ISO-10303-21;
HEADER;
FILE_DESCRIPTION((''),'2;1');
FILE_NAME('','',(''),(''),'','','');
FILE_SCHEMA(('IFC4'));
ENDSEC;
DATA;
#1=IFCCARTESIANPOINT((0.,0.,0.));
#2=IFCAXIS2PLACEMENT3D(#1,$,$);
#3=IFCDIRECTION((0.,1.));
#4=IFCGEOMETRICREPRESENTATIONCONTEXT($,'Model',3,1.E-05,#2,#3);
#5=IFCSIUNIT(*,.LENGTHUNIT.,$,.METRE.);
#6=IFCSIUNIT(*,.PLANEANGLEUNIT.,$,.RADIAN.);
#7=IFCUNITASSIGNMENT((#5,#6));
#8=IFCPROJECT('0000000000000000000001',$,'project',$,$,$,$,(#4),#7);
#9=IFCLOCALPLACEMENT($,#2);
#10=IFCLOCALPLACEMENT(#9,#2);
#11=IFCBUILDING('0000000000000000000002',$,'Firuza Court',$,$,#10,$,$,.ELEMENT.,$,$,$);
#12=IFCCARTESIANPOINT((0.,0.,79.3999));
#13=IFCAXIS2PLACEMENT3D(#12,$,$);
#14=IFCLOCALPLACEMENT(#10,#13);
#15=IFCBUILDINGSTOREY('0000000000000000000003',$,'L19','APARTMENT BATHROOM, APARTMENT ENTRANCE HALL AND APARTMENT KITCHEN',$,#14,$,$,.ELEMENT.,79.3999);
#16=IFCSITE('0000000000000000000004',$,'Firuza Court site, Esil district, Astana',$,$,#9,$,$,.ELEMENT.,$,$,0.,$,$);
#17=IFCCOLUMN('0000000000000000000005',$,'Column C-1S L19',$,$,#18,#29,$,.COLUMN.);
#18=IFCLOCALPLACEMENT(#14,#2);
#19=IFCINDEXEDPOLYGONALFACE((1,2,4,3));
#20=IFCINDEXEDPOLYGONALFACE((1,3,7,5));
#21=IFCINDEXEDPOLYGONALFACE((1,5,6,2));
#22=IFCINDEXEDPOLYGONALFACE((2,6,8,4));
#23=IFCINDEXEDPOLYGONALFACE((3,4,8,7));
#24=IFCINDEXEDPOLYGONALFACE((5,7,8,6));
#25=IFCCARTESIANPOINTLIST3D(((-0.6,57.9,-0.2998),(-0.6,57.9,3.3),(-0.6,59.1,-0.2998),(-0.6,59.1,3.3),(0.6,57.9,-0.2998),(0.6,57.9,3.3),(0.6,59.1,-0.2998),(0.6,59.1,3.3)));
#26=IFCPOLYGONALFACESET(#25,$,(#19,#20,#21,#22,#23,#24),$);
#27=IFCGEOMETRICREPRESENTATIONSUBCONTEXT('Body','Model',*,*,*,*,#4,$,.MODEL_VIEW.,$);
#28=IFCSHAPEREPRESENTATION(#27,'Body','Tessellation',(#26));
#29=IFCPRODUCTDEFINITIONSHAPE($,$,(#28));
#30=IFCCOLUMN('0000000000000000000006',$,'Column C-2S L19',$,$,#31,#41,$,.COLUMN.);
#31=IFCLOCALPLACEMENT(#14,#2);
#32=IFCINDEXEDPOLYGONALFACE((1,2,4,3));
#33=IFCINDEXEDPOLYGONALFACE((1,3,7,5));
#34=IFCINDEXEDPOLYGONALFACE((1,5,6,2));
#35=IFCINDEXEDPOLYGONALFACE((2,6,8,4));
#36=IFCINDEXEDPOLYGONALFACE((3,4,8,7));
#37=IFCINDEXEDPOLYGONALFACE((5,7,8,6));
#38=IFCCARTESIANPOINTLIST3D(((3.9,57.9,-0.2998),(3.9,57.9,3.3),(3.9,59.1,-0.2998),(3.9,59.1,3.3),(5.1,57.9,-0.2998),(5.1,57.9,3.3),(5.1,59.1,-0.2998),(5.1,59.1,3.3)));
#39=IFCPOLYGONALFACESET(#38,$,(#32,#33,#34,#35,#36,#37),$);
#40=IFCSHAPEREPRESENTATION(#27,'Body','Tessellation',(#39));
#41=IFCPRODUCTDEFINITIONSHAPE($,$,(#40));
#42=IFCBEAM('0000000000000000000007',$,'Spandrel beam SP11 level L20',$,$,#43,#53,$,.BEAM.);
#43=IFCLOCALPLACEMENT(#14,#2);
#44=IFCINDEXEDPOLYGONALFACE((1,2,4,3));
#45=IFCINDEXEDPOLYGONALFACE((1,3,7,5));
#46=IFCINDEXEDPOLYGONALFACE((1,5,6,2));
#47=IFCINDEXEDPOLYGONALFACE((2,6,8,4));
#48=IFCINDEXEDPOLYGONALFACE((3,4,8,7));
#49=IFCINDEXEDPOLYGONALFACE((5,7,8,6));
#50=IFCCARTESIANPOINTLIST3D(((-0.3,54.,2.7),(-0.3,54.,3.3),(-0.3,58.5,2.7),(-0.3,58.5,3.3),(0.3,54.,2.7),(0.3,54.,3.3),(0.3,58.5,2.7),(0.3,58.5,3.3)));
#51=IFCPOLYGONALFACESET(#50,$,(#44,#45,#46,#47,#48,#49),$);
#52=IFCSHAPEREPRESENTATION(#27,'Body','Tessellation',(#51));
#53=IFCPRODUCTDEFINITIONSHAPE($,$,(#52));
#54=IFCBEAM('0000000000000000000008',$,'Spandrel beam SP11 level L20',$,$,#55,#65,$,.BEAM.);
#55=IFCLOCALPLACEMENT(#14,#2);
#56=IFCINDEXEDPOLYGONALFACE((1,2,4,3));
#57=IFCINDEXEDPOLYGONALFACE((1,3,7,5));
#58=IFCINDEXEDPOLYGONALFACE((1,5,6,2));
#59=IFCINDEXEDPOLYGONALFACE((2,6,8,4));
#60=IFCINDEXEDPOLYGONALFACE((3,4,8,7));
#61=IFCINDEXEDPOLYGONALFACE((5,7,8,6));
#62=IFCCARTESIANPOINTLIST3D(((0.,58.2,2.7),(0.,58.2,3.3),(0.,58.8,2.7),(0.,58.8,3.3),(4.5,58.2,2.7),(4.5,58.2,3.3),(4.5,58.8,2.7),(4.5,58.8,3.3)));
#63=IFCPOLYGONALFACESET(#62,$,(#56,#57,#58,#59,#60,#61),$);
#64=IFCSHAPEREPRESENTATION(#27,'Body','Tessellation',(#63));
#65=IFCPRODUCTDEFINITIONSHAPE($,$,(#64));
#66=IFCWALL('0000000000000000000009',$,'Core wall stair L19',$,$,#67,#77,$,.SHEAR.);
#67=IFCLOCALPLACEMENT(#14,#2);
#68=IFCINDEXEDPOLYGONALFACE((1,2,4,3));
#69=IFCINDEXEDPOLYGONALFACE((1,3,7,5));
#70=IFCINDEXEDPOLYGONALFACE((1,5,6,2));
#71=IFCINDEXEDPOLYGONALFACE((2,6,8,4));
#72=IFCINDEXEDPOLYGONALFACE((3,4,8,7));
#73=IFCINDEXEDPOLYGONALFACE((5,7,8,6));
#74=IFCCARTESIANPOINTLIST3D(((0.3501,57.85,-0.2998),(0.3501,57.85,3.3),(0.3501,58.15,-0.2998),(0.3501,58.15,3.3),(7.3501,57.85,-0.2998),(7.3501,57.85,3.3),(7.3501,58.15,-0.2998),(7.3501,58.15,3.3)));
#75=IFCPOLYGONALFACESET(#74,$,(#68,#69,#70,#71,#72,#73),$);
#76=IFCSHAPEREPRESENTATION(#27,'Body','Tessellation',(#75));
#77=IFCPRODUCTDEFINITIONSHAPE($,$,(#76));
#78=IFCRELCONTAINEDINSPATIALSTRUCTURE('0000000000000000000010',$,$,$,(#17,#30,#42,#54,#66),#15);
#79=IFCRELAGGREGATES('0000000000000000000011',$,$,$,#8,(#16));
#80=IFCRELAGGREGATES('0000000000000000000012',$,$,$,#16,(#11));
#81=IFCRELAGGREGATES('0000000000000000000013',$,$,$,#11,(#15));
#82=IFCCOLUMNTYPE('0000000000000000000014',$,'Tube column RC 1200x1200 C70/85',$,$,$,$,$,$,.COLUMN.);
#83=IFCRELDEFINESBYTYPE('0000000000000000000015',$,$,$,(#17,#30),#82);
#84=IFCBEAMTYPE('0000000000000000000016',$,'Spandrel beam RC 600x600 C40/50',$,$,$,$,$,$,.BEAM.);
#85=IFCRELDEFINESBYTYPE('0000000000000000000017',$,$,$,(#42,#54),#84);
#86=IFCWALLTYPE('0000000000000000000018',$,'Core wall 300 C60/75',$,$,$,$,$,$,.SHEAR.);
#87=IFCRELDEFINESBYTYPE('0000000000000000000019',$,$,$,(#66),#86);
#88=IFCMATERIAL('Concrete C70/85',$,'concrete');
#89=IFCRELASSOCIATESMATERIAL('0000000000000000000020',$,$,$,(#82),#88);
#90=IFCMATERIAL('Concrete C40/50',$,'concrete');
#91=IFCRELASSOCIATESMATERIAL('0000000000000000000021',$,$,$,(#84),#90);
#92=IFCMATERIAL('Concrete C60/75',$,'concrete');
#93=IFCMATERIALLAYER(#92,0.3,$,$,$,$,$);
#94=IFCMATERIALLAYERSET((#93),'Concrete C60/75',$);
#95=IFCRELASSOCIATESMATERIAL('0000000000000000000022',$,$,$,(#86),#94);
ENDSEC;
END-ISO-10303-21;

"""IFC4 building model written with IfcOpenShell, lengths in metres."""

from ifc_helpers import new_model, si_unit, direction, frame, frame_2d, origin, origin_2d, place, context, subcontext, project, spatial, rectangle, extrude, material, layer, layer_set, material_profile, profile_set, type_object, element, save


model = new_model("IFC4")

# Units and contexts
model_context = context("Model", 3, precision=1e-05, world=origin(), true_north=direction((0.0, 1.0)))
body_context = subcontext(model_context, "Body", "Model", "MODEL_VIEW")
ifc_project = project(units=[si_unit("LENGTHUNIT", "METRE"), si_unit("PLANEANGLEUNIT", "RADIAN")], contexts=[model_context])

# Site, building, storey
site_placement = place(None, origin())
site = spatial("IfcSite", under=ifc_project, at=site_placement, Name="Firuza Court site, Esil district, Astana", CompositionType="ELEMENT", RefElevation=0.0)
building_placement = place(site_placement, origin())
building = spatial("IfcBuilding", under=site, at=building_placement, Name="Firuza Court", CompositionType="ELEMENT")
storey_placement = place(building_placement, frame((0.0, 0.0, 79.3999)))
storey = spatial("IfcBuildingStorey", under=building, at=storey_placement, Name="L19", Description="APARTMENT BATHROOM, APARTMENT ENTRANCE HALL AND APARTMENT KITCHEN", CompositionType="ELEMENT", Elevation=79.3999)

# Columns
ifc_material_1 = material(Name="Concrete C70/85", Category="concrete")
ifc_material_profile_1 = material_profile(ifc_material_1, rectangle(XDim=1.2, YDim=1.2, at=origin_2d()), Name="RC 1200x1200")
ifc_profile_set_1 = profile_set([ifc_material_profile_1], Name="Concrete C70/85")
column_type = type_object("IfcColumnType", Name="Tube column RC 1200x1200 C70/85", PredefinedType="COLUMN", material=ifc_profile_set_1)
for number, where, z_axis, x_axis, name in (
    (1, (0.0, 58.5, -0.2998), (0.0, 0.0, 1.0), (1.0, 0.0, 0.0), "Column C-1S L19"),
    (2, (4.5, 58.5, -0.2998), (0.0, 0.0, 1.0), (1.0, 0.0, 0.0), "Column C-2S L19"),
):
    element("IfcColumn", number, at=place(storey_placement, frame(where, z_axis=z_axis, x_axis=x_axis)), inside=storey, type_object=column_type, Name=name, PredefinedType="COLUMN", context=body_context, shape_type="SweptSolid", body=[
        extrude(rectangle(XDim=1.2, YDim=1.2, at=origin_2d()), origin(), (0.0, 0.0, 1.0), 3.5999),
    ])

# Beams
ifc_material_2 = material(Name="Concrete C40/50", Category="concrete")
ifc_material_profile_2 = material_profile(ifc_material_2, rectangle(XDim=0.6001, YDim=0.6001, at=origin_2d()), Name="RC 600x600")
ifc_profile_set_2 = profile_set([ifc_material_profile_2], Name="Concrete C40/50")
beam_type = type_object("IfcBeamType", Name="Spandrel beam RC 600x600 C40/50", PredefinedType="BEAM", material=ifc_profile_set_2)
for number, where, z_axis, x_axis, name in (
    (3, (0.0, 58.5, 3.0), (0.0, -1.0, 0.0), (1.0, 0.0, 0.0), "Spandrel beam SP11 level L20"),
    (4, (4.5, 58.5, 3.0), (-1.0, 0.0, 0.0), (0.0, -1.0, 0.0), "Spandrel beam SP11 level L20"),
):
    element("IfcBeam", number, at=place(storey_placement, frame(where, z_axis=z_axis, x_axis=x_axis)), inside=storey, type_object=beam_type, Name=name, PredefinedType="BEAM", context=body_context, shape_type="SweptSolid", body=[
        extrude(rectangle(XDim=0.6001, YDim=0.6001, at=origin_2d()), origin(), (0.0, 0.0, 1.0), 4.5),
    ])

# Wall
ifc_material_3 = material(Name="Concrete C60/75", Category="concrete")
ifc_layer_1 = layer(ifc_material_3, 0.3)
ifc_layer_set_1 = layer_set([ifc_layer_1], Name="Concrete C60/75")
wall_type_1 = type_object("IfcWallType", Name="Core wall 300 C60/75", PredefinedType="SHEAR", material=ifc_layer_set_1)
wall_1_placement = place(storey_placement, frame((0.3501, 58.0, -0.2998), z_axis=(0.0, 0.0, 1.0), x_axis=(1.0, 0.0, 0.0)))
element("IfcWall", 5, at=wall_1_placement, inside=storey, type_object=wall_type_1, Name="Core wall stair L19", PredefinedType="SHEAR", context=body_context, shape_type="SweptSolid", body=[
    extrude(rectangle(XDim=7.0, YDim=0.3, at=frame_2d((3.5, 0.0))), origin(), (0.0, 0.0, 1.0), 3.5999),
])

save(model, "model.ifc")
